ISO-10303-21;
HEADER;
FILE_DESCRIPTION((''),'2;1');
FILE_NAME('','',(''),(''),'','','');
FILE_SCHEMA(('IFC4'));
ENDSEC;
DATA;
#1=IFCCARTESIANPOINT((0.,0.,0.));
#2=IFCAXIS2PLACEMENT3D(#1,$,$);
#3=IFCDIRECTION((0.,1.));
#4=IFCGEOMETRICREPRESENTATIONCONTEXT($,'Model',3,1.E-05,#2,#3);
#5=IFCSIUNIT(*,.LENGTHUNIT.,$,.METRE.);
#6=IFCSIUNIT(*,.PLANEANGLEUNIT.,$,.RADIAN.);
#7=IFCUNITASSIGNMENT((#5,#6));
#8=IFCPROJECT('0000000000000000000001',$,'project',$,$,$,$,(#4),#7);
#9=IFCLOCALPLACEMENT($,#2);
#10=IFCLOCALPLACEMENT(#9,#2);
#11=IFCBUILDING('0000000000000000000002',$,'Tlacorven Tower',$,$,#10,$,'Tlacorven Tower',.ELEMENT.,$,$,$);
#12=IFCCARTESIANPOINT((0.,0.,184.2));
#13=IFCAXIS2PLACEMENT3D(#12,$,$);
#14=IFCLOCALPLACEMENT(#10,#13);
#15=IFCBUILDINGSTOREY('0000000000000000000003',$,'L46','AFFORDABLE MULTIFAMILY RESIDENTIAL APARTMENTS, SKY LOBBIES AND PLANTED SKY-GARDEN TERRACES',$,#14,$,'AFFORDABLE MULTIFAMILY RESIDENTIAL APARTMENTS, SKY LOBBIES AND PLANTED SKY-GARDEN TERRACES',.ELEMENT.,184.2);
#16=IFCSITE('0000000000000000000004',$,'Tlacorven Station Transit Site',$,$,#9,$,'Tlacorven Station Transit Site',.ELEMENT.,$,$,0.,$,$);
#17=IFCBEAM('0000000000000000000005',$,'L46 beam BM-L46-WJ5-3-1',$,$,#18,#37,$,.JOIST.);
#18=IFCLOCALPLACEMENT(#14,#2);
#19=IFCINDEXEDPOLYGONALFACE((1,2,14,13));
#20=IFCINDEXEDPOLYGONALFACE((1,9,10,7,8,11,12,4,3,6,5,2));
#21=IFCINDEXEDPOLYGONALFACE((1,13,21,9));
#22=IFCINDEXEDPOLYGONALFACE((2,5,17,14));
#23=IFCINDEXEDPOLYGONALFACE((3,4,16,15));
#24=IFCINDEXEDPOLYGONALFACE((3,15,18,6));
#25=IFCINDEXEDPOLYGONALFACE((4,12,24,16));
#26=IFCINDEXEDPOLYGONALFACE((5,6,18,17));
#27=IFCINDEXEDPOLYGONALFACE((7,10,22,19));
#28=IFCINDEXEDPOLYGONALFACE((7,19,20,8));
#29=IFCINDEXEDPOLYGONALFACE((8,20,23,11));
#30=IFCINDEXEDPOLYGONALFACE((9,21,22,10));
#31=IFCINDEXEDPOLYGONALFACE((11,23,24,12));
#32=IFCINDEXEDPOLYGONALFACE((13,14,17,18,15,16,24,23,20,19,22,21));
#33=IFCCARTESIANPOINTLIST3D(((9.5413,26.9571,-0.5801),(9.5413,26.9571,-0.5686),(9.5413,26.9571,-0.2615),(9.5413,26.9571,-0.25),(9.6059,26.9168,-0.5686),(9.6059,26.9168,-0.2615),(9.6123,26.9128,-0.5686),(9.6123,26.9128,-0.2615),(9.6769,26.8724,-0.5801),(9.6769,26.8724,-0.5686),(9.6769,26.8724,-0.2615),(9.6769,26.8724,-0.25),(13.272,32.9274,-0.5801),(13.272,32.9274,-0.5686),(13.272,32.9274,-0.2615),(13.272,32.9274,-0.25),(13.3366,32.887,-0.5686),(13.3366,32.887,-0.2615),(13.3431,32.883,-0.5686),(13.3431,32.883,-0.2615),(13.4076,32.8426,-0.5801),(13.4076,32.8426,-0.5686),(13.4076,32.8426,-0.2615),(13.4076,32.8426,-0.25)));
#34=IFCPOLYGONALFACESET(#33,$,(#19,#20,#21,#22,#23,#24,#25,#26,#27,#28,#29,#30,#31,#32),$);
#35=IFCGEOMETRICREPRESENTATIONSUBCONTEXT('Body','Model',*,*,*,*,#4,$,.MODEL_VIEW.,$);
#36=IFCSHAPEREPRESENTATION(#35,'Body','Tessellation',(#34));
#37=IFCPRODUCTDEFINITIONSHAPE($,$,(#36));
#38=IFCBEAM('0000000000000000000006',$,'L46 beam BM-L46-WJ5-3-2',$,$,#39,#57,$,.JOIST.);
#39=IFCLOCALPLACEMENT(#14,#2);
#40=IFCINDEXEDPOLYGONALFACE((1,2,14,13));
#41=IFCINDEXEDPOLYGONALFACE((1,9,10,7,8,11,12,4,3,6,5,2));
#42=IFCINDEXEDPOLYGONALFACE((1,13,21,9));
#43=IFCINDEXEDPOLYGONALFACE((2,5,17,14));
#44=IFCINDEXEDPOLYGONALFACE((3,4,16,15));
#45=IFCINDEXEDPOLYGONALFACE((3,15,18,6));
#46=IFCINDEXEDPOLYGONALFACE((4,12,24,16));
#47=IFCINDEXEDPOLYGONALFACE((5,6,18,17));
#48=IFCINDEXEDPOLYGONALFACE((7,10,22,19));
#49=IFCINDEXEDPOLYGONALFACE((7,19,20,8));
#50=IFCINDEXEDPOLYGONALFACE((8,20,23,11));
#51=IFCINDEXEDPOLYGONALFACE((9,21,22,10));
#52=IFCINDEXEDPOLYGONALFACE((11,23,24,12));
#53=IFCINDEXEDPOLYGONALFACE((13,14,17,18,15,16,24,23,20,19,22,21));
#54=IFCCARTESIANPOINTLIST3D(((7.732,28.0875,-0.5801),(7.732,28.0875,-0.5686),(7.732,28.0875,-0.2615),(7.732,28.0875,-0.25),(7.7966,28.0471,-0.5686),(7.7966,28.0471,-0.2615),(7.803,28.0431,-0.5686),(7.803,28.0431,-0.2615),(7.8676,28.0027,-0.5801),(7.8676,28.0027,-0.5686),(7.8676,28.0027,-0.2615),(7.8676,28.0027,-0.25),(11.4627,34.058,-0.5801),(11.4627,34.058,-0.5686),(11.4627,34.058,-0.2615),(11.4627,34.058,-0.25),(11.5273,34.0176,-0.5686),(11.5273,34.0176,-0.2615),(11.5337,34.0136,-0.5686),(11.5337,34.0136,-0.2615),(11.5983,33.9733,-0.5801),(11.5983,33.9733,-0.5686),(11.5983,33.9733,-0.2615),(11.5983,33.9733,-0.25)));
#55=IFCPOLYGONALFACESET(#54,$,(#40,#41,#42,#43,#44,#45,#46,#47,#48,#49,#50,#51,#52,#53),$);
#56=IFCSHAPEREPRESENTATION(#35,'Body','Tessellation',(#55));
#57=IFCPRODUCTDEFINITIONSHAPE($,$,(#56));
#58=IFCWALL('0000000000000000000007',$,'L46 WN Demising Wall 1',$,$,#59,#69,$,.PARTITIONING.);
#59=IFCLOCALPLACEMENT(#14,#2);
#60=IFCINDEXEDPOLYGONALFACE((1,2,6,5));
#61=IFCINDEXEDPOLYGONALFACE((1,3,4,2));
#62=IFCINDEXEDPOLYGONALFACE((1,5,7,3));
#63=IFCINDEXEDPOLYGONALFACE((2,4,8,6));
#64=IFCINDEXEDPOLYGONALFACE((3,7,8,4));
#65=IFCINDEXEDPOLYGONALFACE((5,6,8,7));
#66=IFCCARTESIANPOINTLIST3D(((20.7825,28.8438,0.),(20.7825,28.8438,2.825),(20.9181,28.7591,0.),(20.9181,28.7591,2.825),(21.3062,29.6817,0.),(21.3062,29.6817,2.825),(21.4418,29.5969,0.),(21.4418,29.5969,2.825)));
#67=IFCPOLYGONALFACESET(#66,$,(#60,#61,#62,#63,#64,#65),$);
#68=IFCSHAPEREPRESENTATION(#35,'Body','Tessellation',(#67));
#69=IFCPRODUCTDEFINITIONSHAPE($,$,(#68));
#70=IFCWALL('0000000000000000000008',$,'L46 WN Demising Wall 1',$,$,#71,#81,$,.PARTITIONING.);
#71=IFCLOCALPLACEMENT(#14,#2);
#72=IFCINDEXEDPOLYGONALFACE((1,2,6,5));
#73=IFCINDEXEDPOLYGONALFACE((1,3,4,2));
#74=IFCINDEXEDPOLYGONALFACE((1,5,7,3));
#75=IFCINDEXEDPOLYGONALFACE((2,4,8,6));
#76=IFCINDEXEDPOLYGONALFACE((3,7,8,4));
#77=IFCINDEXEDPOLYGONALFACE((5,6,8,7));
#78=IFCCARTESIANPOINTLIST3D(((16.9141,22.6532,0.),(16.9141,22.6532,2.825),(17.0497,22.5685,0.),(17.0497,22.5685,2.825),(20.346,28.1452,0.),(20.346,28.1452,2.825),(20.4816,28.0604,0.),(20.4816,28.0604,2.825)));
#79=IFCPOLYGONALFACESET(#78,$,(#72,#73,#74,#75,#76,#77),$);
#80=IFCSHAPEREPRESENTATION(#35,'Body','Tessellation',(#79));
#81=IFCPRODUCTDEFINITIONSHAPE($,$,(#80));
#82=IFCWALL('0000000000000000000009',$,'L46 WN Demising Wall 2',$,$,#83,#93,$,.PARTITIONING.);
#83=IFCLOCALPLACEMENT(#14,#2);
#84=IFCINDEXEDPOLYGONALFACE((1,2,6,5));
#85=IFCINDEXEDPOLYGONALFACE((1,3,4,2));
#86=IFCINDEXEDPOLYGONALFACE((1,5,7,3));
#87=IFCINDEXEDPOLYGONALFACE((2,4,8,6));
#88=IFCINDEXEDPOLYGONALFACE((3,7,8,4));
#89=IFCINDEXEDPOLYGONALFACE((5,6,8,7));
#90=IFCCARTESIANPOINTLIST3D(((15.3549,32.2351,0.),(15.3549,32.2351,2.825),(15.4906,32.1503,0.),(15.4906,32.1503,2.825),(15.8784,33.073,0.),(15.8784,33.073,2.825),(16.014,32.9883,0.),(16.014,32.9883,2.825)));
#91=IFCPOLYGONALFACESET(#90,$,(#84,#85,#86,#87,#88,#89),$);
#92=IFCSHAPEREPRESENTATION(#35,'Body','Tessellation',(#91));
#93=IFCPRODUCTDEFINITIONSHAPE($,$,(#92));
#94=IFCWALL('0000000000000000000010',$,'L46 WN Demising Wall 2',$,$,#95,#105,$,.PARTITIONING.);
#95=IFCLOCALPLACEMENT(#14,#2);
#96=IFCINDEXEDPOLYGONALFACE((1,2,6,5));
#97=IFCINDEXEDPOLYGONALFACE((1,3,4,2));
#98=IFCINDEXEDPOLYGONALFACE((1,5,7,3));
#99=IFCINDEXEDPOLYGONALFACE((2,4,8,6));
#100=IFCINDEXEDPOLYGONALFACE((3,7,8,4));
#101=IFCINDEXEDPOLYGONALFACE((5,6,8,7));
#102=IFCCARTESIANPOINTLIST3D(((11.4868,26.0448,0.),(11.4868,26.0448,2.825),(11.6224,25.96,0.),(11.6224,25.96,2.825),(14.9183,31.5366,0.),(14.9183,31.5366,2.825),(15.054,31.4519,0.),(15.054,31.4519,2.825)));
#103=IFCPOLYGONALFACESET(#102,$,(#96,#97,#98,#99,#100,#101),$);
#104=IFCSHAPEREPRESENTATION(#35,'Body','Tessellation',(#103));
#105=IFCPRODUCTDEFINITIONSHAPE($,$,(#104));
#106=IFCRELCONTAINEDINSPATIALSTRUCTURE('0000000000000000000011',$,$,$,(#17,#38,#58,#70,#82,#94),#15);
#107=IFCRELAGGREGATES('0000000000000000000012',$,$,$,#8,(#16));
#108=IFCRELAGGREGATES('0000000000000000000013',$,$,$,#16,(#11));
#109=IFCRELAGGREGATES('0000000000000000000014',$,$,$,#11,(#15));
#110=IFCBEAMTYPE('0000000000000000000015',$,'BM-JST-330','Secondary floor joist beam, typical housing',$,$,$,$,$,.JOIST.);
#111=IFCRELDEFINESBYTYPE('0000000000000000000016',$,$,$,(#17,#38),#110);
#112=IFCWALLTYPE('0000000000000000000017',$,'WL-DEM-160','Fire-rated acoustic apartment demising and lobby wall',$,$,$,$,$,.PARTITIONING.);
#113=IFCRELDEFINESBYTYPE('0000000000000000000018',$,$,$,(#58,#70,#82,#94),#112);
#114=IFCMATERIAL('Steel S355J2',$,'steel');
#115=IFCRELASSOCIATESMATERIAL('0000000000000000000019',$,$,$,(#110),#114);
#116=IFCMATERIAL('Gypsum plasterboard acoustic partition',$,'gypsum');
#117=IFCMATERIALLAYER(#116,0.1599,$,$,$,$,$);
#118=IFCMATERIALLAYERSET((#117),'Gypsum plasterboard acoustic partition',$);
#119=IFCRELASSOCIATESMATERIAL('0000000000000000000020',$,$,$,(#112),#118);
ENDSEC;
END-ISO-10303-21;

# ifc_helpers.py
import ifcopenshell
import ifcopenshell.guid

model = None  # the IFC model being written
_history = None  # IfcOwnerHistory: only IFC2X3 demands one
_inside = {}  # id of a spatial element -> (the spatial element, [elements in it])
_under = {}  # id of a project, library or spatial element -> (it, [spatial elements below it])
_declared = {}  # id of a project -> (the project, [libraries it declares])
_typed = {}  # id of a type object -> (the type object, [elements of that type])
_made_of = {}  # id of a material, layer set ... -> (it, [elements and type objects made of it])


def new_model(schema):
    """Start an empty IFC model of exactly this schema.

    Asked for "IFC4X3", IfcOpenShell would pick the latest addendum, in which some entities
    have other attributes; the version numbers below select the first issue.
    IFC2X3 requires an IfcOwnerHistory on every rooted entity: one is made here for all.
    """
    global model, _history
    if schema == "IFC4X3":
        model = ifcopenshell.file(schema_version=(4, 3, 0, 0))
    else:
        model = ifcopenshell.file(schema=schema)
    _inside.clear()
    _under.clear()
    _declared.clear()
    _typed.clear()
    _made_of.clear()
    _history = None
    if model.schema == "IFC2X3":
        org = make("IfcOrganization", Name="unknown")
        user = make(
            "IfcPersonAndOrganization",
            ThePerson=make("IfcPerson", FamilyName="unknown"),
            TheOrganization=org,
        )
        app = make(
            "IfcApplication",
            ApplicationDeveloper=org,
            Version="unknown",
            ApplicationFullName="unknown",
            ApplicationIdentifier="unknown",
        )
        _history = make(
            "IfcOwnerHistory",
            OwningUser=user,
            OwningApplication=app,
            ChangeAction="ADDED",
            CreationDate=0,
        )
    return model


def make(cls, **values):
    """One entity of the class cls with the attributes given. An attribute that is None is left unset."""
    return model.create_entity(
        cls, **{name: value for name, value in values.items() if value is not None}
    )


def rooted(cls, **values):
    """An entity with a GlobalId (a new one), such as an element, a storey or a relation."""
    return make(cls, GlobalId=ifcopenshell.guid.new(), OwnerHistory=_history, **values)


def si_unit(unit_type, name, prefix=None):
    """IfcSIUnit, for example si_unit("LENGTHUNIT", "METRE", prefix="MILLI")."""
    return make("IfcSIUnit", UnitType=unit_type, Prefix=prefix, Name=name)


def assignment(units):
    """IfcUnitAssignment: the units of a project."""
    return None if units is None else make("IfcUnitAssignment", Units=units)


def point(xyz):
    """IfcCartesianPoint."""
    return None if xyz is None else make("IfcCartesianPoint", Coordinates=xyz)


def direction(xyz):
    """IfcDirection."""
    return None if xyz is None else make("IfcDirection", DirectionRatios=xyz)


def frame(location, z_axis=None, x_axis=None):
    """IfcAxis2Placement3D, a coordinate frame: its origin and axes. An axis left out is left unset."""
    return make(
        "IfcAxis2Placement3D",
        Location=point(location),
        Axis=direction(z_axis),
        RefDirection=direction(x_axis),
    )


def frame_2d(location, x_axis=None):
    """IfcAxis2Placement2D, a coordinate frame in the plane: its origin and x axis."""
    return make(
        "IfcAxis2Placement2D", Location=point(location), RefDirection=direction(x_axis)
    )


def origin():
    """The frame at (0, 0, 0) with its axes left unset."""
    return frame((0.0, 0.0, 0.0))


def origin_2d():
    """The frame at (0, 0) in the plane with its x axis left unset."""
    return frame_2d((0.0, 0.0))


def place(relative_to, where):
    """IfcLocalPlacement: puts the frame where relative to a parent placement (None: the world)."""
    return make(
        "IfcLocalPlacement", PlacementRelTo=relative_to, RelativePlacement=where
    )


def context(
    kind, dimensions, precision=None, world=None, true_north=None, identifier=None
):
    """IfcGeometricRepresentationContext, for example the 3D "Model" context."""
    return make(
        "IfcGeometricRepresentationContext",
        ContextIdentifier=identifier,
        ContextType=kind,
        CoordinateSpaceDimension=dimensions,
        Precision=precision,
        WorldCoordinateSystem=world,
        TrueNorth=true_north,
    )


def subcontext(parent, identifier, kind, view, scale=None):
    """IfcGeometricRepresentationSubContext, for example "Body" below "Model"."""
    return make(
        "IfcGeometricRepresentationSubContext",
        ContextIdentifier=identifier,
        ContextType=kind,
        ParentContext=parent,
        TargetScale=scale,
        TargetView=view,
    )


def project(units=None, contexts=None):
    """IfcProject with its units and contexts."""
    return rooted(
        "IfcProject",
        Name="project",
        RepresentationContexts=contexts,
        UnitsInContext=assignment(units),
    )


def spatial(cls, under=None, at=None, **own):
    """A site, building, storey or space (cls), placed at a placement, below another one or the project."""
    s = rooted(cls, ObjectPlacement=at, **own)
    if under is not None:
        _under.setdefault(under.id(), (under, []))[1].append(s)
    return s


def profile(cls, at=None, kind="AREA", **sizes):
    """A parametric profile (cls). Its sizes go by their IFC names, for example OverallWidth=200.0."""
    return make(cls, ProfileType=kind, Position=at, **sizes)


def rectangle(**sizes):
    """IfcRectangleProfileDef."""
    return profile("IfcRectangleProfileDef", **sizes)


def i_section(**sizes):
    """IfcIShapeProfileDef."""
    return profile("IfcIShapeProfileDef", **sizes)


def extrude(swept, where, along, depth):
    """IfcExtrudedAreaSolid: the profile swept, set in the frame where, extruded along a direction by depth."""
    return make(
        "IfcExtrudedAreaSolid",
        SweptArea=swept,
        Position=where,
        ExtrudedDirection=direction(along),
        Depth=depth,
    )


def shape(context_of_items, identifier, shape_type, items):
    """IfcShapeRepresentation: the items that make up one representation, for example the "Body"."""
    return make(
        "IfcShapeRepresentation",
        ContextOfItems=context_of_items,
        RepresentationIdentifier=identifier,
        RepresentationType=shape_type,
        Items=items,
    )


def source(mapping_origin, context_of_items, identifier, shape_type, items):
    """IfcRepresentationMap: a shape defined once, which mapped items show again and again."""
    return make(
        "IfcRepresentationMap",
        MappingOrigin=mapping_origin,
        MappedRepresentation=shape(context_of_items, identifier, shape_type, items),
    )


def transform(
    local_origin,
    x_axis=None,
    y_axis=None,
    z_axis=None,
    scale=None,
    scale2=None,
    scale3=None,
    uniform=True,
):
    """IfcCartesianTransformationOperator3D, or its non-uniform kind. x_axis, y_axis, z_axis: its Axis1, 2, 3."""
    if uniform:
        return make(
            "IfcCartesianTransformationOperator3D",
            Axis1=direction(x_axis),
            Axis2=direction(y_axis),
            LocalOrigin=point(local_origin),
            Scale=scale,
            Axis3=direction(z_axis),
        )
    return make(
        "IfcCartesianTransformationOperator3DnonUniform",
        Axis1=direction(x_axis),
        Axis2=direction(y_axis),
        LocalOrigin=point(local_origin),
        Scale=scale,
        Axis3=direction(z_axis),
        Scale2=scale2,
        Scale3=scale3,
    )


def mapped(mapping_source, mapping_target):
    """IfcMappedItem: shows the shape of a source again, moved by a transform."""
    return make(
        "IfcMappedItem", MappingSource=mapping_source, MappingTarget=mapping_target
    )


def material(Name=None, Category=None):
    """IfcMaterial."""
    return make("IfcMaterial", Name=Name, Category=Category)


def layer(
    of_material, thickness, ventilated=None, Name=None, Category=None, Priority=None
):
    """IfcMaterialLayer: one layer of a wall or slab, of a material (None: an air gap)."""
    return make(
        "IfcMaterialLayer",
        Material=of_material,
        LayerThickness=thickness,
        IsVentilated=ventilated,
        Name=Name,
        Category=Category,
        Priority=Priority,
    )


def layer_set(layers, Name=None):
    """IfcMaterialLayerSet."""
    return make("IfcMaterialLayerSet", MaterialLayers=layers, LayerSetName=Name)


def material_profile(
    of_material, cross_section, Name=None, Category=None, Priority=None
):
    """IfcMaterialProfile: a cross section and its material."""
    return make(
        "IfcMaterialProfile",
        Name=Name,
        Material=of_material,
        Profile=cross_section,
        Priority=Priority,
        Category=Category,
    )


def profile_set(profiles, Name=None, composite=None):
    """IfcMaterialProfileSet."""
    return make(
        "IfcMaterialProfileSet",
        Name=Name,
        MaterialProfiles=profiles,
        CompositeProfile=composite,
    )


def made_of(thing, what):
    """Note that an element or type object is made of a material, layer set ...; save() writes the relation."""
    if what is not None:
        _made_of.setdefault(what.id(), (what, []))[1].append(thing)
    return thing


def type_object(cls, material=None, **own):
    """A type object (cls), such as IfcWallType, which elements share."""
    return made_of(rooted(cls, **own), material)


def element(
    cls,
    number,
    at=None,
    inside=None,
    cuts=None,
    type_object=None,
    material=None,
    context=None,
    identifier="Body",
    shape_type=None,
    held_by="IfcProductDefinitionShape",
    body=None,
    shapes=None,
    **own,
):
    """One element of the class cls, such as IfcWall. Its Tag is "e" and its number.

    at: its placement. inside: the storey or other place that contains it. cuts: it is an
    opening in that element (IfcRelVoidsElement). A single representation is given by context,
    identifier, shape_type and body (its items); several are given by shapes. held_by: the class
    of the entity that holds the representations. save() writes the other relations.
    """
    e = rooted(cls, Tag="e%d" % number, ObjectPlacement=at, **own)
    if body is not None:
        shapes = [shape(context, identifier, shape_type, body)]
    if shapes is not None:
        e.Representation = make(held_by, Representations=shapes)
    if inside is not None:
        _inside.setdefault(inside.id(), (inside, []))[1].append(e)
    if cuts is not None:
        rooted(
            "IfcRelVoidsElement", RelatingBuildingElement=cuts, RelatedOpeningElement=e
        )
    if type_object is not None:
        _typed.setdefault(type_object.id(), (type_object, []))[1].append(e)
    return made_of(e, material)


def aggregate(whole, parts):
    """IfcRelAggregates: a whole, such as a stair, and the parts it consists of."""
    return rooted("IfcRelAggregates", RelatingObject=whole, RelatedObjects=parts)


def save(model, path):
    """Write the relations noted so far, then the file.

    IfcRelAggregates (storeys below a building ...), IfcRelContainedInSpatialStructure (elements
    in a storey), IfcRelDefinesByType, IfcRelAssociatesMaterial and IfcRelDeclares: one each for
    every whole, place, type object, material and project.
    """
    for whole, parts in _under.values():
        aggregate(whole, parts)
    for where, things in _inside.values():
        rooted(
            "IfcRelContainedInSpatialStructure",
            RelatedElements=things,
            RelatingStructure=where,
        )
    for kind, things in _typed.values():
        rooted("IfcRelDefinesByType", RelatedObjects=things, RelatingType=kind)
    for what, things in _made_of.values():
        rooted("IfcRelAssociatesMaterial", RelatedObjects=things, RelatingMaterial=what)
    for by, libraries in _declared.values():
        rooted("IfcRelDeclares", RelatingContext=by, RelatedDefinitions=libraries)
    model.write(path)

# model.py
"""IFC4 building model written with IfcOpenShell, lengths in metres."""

from ifc_helpers import new_model, si_unit, direction, frame, frame_2d, origin, origin_2d, place, context, subcontext, project, spatial, rectangle, i_section, extrude, source, transform, mapped, material, layer, layer_set, material_profile, profile_set, type_object, element, save


model = new_model("IFC4")

# Units and contexts
model_context = context("Model", 3, precision=1e-05, world=origin(), true_north=direction((0.0, 1.0)))
body_context = subcontext(model_context, "Body", "Model", "MODEL_VIEW")
ifc_project = project(units=[si_unit("LENGTHUNIT", "METRE"), si_unit("PLANEANGLEUNIT", "RADIAN")], contexts=[model_context])

# Site, building, storey
site_placement = place(None, origin())
site = spatial("IfcSite", under=ifc_project, at=site_placement, Name="Tlacorven Station Transit Site", LongName="Tlacorven Station Transit Site", CompositionType="ELEMENT", RefElevation=0.0)
building_placement = place(site_placement, origin())
building = spatial("IfcBuilding", under=site, at=building_placement, Name="Tlacorven Tower", LongName="Tlacorven Tower", CompositionType="ELEMENT")
storey_placement = place(building_placement, frame((0.0, 0.0, 184.2)))
storey = spatial("IfcBuildingStorey", under=building, at=storey_placement, Name="L46", Description="AFFORDABLE MULTIFAMILY RESIDENTIAL APARTMENTS, SKY LOBBIES AND PLANTED SKY-GARDEN TERRACES", LongName="AFFORDABLE MULTIFAMILY RESIDENTIAL APARTMENTS, SKY LOBBIES AND PLANTED SKY-GARDEN TERRACES", CompositionType="ELEMENT", Elevation=184.2)

# Beams
ifc_material_1 = material(Name="Steel S355J2", Category="steel")
ifc_material_profile_1 = material_profile(ifc_material_1, i_section(OverallWidth=0.1599, OverallDepth=0.3301, WebThickness=0.0076, FlangeThickness=0.0115, at=origin_2d()), Name="IPE 330")
ifc_profile_set_1 = profile_set([ifc_material_profile_1], Name="Steel S355J2")
beam_type_1 = type_object("IfcBeamType", Name="BM-JST-330", Description="Secondary floor joist beam, typical housing", PredefinedType="JOIST", material=ifc_profile_set_1)
shared_shape_1 = source(origin(), body_context, "Body", "SweptSolid", [
    extrude(i_section(OverallWidth=0.1599, OverallDepth=0.3301, WebThickness=0.0076, FlangeThickness=0.0115, at=origin_2d()), origin(), (0.0, 0.0, 1.0), 7.04),
])
for number, where, z_axis, x_axis, name in (
    (1, (13.3398, 32.885, -0.415), (-0.52993, -0.848041, 0.0), (0.848041, -0.52993, 0.0), "L46 beam BM-L46-WJ5-3-1"),
):
    element("IfcBeam", number, at=place(storey_placement, frame(where, z_axis=z_axis, x_axis=x_axis)), inside=storey, type_object=beam_type_1, Name=name, PredefinedType="JOIST", context=body_context, shape_type="MappedRepresentation", body=[
        mapped(shared_shape_1, transform((0.0, 0.0, 0.0), scale=1.0)),
    ])
shared_shape_2 = source(origin(), body_context, "Body", "SweptSolid", [
    extrude(i_section(OverallWidth=0.1599, OverallDepth=0.3301, WebThickness=0.0076, FlangeThickness=0.0115, at=origin_2d()), origin(), (0.0, 0.0, 1.0), 7.0403),
])
beam_placement = place(storey_placement, frame((11.5305, 34.0156, -0.415), z_axis=(-0.529915, -0.848051, 0.0), x_axis=(0.848051, -0.529915, 0.0)))
element("IfcBeam", 2, at=beam_placement, inside=storey, type_object=beam_type_1, Name="L46 beam BM-L46-WJ5-3-2", PredefinedType="JOIST", context=body_context, shape_type="MappedRepresentation", body=[
    mapped(shared_shape_2, transform((0.0, 0.0, 0.0), scale=1.0)),
])

# Walls
ifc_material_2 = material(Name="Gypsum plasterboard acoustic partition", Category="gypsum")
ifc_layer_1 = layer(ifc_material_2, 0.1599)
ifc_layer_set_1 = layer_set([ifc_layer_1], Name="Gypsum plasterboard acoustic partition")
wall_type_1 = type_object("IfcWallType", Name="WL-DEM-160", Description="Fire-rated acoustic apartment demising and lobby wall", PredefinedType="PARTITIONING", material=ifc_layer_set_1)
wall_1_placement = place(storey_placement, frame((21.374, 29.6394, 0.0), z_axis=(0.0, 0.0, 1.0), x_axis=(-0.529999, -0.847998, 0.0)))
element("IfcWall", 3, at=wall_1_placement, inside=storey, type_object=wall_type_1, Name="L46 WN Demising Wall 1", PredefinedType="PARTITIONING", context=body_context, shape_type="SweptSolid", body=[
    extrude(rectangle(XDim=0.988, YDim=0.1599, at=frame_2d((0.4941, 0.0))), origin(), (0.0, 0.0, 1.0), 2.825),
])
wall_2_placement = place(storey_placement, frame((20.4138, 28.1028, 0.0), z_axis=(0.0, 0.0, 1.0), x_axis=(-0.529935, -0.848039, 0.0)))
element("IfcWall", 4, at=wall_2_placement, inside=storey, type_object=wall_type_1, Name="L46 WN Demising Wall 1", PredefinedType="PARTITIONING", context=body_context, shape_type="SweptSolid", body=[
    extrude(rectangle(XDim=6.4761, YDim=0.1599, at=frame_2d((3.238, 0.0))), origin(), (0.0, 0.0, 1.0), 2.825),
])
wall_3_placement = place(storey_placement, frame((15.9463, 33.0308, 0.0), z_axis=(0.0, 0.0, 1.0), x_axis=(-0.529821, -0.848109, 0.0)))
element("IfcWall", 5, at=wall_3_placement, inside=storey, type_object=wall_type_1, Name="L46 WN Demising Wall 2", PredefinedType="PARTITIONING", context=body_context, shape_type="SweptSolid", body=[
    extrude(rectangle(XDim=0.988, YDim=0.1599, at=frame_2d((0.4941, 0.0))), origin(), (0.0, 0.0, 1.0), 2.825),
])
wall_4_placement = place(storey_placement, frame((14.9861, 31.4941, 0.0), z_axis=(0.0, 0.0, 1.0), x_axis=(-0.529907, -0.848055, 0.0)))
element("IfcWall", 6, at=wall_4_placement, inside=storey, type_object=wall_type_1, Name="L46 WN Demising Wall 2", PredefinedType="PARTITIONING", context=body_context, shape_type="SweptSolid", body=[
    extrude(rectangle(XDim=6.4758, YDim=0.1599, at=frame_2d((3.2378, 0.0))), origin(), (0.0, 0.0, 1.0), 2.825),
])

save(model, "model.ifc")
